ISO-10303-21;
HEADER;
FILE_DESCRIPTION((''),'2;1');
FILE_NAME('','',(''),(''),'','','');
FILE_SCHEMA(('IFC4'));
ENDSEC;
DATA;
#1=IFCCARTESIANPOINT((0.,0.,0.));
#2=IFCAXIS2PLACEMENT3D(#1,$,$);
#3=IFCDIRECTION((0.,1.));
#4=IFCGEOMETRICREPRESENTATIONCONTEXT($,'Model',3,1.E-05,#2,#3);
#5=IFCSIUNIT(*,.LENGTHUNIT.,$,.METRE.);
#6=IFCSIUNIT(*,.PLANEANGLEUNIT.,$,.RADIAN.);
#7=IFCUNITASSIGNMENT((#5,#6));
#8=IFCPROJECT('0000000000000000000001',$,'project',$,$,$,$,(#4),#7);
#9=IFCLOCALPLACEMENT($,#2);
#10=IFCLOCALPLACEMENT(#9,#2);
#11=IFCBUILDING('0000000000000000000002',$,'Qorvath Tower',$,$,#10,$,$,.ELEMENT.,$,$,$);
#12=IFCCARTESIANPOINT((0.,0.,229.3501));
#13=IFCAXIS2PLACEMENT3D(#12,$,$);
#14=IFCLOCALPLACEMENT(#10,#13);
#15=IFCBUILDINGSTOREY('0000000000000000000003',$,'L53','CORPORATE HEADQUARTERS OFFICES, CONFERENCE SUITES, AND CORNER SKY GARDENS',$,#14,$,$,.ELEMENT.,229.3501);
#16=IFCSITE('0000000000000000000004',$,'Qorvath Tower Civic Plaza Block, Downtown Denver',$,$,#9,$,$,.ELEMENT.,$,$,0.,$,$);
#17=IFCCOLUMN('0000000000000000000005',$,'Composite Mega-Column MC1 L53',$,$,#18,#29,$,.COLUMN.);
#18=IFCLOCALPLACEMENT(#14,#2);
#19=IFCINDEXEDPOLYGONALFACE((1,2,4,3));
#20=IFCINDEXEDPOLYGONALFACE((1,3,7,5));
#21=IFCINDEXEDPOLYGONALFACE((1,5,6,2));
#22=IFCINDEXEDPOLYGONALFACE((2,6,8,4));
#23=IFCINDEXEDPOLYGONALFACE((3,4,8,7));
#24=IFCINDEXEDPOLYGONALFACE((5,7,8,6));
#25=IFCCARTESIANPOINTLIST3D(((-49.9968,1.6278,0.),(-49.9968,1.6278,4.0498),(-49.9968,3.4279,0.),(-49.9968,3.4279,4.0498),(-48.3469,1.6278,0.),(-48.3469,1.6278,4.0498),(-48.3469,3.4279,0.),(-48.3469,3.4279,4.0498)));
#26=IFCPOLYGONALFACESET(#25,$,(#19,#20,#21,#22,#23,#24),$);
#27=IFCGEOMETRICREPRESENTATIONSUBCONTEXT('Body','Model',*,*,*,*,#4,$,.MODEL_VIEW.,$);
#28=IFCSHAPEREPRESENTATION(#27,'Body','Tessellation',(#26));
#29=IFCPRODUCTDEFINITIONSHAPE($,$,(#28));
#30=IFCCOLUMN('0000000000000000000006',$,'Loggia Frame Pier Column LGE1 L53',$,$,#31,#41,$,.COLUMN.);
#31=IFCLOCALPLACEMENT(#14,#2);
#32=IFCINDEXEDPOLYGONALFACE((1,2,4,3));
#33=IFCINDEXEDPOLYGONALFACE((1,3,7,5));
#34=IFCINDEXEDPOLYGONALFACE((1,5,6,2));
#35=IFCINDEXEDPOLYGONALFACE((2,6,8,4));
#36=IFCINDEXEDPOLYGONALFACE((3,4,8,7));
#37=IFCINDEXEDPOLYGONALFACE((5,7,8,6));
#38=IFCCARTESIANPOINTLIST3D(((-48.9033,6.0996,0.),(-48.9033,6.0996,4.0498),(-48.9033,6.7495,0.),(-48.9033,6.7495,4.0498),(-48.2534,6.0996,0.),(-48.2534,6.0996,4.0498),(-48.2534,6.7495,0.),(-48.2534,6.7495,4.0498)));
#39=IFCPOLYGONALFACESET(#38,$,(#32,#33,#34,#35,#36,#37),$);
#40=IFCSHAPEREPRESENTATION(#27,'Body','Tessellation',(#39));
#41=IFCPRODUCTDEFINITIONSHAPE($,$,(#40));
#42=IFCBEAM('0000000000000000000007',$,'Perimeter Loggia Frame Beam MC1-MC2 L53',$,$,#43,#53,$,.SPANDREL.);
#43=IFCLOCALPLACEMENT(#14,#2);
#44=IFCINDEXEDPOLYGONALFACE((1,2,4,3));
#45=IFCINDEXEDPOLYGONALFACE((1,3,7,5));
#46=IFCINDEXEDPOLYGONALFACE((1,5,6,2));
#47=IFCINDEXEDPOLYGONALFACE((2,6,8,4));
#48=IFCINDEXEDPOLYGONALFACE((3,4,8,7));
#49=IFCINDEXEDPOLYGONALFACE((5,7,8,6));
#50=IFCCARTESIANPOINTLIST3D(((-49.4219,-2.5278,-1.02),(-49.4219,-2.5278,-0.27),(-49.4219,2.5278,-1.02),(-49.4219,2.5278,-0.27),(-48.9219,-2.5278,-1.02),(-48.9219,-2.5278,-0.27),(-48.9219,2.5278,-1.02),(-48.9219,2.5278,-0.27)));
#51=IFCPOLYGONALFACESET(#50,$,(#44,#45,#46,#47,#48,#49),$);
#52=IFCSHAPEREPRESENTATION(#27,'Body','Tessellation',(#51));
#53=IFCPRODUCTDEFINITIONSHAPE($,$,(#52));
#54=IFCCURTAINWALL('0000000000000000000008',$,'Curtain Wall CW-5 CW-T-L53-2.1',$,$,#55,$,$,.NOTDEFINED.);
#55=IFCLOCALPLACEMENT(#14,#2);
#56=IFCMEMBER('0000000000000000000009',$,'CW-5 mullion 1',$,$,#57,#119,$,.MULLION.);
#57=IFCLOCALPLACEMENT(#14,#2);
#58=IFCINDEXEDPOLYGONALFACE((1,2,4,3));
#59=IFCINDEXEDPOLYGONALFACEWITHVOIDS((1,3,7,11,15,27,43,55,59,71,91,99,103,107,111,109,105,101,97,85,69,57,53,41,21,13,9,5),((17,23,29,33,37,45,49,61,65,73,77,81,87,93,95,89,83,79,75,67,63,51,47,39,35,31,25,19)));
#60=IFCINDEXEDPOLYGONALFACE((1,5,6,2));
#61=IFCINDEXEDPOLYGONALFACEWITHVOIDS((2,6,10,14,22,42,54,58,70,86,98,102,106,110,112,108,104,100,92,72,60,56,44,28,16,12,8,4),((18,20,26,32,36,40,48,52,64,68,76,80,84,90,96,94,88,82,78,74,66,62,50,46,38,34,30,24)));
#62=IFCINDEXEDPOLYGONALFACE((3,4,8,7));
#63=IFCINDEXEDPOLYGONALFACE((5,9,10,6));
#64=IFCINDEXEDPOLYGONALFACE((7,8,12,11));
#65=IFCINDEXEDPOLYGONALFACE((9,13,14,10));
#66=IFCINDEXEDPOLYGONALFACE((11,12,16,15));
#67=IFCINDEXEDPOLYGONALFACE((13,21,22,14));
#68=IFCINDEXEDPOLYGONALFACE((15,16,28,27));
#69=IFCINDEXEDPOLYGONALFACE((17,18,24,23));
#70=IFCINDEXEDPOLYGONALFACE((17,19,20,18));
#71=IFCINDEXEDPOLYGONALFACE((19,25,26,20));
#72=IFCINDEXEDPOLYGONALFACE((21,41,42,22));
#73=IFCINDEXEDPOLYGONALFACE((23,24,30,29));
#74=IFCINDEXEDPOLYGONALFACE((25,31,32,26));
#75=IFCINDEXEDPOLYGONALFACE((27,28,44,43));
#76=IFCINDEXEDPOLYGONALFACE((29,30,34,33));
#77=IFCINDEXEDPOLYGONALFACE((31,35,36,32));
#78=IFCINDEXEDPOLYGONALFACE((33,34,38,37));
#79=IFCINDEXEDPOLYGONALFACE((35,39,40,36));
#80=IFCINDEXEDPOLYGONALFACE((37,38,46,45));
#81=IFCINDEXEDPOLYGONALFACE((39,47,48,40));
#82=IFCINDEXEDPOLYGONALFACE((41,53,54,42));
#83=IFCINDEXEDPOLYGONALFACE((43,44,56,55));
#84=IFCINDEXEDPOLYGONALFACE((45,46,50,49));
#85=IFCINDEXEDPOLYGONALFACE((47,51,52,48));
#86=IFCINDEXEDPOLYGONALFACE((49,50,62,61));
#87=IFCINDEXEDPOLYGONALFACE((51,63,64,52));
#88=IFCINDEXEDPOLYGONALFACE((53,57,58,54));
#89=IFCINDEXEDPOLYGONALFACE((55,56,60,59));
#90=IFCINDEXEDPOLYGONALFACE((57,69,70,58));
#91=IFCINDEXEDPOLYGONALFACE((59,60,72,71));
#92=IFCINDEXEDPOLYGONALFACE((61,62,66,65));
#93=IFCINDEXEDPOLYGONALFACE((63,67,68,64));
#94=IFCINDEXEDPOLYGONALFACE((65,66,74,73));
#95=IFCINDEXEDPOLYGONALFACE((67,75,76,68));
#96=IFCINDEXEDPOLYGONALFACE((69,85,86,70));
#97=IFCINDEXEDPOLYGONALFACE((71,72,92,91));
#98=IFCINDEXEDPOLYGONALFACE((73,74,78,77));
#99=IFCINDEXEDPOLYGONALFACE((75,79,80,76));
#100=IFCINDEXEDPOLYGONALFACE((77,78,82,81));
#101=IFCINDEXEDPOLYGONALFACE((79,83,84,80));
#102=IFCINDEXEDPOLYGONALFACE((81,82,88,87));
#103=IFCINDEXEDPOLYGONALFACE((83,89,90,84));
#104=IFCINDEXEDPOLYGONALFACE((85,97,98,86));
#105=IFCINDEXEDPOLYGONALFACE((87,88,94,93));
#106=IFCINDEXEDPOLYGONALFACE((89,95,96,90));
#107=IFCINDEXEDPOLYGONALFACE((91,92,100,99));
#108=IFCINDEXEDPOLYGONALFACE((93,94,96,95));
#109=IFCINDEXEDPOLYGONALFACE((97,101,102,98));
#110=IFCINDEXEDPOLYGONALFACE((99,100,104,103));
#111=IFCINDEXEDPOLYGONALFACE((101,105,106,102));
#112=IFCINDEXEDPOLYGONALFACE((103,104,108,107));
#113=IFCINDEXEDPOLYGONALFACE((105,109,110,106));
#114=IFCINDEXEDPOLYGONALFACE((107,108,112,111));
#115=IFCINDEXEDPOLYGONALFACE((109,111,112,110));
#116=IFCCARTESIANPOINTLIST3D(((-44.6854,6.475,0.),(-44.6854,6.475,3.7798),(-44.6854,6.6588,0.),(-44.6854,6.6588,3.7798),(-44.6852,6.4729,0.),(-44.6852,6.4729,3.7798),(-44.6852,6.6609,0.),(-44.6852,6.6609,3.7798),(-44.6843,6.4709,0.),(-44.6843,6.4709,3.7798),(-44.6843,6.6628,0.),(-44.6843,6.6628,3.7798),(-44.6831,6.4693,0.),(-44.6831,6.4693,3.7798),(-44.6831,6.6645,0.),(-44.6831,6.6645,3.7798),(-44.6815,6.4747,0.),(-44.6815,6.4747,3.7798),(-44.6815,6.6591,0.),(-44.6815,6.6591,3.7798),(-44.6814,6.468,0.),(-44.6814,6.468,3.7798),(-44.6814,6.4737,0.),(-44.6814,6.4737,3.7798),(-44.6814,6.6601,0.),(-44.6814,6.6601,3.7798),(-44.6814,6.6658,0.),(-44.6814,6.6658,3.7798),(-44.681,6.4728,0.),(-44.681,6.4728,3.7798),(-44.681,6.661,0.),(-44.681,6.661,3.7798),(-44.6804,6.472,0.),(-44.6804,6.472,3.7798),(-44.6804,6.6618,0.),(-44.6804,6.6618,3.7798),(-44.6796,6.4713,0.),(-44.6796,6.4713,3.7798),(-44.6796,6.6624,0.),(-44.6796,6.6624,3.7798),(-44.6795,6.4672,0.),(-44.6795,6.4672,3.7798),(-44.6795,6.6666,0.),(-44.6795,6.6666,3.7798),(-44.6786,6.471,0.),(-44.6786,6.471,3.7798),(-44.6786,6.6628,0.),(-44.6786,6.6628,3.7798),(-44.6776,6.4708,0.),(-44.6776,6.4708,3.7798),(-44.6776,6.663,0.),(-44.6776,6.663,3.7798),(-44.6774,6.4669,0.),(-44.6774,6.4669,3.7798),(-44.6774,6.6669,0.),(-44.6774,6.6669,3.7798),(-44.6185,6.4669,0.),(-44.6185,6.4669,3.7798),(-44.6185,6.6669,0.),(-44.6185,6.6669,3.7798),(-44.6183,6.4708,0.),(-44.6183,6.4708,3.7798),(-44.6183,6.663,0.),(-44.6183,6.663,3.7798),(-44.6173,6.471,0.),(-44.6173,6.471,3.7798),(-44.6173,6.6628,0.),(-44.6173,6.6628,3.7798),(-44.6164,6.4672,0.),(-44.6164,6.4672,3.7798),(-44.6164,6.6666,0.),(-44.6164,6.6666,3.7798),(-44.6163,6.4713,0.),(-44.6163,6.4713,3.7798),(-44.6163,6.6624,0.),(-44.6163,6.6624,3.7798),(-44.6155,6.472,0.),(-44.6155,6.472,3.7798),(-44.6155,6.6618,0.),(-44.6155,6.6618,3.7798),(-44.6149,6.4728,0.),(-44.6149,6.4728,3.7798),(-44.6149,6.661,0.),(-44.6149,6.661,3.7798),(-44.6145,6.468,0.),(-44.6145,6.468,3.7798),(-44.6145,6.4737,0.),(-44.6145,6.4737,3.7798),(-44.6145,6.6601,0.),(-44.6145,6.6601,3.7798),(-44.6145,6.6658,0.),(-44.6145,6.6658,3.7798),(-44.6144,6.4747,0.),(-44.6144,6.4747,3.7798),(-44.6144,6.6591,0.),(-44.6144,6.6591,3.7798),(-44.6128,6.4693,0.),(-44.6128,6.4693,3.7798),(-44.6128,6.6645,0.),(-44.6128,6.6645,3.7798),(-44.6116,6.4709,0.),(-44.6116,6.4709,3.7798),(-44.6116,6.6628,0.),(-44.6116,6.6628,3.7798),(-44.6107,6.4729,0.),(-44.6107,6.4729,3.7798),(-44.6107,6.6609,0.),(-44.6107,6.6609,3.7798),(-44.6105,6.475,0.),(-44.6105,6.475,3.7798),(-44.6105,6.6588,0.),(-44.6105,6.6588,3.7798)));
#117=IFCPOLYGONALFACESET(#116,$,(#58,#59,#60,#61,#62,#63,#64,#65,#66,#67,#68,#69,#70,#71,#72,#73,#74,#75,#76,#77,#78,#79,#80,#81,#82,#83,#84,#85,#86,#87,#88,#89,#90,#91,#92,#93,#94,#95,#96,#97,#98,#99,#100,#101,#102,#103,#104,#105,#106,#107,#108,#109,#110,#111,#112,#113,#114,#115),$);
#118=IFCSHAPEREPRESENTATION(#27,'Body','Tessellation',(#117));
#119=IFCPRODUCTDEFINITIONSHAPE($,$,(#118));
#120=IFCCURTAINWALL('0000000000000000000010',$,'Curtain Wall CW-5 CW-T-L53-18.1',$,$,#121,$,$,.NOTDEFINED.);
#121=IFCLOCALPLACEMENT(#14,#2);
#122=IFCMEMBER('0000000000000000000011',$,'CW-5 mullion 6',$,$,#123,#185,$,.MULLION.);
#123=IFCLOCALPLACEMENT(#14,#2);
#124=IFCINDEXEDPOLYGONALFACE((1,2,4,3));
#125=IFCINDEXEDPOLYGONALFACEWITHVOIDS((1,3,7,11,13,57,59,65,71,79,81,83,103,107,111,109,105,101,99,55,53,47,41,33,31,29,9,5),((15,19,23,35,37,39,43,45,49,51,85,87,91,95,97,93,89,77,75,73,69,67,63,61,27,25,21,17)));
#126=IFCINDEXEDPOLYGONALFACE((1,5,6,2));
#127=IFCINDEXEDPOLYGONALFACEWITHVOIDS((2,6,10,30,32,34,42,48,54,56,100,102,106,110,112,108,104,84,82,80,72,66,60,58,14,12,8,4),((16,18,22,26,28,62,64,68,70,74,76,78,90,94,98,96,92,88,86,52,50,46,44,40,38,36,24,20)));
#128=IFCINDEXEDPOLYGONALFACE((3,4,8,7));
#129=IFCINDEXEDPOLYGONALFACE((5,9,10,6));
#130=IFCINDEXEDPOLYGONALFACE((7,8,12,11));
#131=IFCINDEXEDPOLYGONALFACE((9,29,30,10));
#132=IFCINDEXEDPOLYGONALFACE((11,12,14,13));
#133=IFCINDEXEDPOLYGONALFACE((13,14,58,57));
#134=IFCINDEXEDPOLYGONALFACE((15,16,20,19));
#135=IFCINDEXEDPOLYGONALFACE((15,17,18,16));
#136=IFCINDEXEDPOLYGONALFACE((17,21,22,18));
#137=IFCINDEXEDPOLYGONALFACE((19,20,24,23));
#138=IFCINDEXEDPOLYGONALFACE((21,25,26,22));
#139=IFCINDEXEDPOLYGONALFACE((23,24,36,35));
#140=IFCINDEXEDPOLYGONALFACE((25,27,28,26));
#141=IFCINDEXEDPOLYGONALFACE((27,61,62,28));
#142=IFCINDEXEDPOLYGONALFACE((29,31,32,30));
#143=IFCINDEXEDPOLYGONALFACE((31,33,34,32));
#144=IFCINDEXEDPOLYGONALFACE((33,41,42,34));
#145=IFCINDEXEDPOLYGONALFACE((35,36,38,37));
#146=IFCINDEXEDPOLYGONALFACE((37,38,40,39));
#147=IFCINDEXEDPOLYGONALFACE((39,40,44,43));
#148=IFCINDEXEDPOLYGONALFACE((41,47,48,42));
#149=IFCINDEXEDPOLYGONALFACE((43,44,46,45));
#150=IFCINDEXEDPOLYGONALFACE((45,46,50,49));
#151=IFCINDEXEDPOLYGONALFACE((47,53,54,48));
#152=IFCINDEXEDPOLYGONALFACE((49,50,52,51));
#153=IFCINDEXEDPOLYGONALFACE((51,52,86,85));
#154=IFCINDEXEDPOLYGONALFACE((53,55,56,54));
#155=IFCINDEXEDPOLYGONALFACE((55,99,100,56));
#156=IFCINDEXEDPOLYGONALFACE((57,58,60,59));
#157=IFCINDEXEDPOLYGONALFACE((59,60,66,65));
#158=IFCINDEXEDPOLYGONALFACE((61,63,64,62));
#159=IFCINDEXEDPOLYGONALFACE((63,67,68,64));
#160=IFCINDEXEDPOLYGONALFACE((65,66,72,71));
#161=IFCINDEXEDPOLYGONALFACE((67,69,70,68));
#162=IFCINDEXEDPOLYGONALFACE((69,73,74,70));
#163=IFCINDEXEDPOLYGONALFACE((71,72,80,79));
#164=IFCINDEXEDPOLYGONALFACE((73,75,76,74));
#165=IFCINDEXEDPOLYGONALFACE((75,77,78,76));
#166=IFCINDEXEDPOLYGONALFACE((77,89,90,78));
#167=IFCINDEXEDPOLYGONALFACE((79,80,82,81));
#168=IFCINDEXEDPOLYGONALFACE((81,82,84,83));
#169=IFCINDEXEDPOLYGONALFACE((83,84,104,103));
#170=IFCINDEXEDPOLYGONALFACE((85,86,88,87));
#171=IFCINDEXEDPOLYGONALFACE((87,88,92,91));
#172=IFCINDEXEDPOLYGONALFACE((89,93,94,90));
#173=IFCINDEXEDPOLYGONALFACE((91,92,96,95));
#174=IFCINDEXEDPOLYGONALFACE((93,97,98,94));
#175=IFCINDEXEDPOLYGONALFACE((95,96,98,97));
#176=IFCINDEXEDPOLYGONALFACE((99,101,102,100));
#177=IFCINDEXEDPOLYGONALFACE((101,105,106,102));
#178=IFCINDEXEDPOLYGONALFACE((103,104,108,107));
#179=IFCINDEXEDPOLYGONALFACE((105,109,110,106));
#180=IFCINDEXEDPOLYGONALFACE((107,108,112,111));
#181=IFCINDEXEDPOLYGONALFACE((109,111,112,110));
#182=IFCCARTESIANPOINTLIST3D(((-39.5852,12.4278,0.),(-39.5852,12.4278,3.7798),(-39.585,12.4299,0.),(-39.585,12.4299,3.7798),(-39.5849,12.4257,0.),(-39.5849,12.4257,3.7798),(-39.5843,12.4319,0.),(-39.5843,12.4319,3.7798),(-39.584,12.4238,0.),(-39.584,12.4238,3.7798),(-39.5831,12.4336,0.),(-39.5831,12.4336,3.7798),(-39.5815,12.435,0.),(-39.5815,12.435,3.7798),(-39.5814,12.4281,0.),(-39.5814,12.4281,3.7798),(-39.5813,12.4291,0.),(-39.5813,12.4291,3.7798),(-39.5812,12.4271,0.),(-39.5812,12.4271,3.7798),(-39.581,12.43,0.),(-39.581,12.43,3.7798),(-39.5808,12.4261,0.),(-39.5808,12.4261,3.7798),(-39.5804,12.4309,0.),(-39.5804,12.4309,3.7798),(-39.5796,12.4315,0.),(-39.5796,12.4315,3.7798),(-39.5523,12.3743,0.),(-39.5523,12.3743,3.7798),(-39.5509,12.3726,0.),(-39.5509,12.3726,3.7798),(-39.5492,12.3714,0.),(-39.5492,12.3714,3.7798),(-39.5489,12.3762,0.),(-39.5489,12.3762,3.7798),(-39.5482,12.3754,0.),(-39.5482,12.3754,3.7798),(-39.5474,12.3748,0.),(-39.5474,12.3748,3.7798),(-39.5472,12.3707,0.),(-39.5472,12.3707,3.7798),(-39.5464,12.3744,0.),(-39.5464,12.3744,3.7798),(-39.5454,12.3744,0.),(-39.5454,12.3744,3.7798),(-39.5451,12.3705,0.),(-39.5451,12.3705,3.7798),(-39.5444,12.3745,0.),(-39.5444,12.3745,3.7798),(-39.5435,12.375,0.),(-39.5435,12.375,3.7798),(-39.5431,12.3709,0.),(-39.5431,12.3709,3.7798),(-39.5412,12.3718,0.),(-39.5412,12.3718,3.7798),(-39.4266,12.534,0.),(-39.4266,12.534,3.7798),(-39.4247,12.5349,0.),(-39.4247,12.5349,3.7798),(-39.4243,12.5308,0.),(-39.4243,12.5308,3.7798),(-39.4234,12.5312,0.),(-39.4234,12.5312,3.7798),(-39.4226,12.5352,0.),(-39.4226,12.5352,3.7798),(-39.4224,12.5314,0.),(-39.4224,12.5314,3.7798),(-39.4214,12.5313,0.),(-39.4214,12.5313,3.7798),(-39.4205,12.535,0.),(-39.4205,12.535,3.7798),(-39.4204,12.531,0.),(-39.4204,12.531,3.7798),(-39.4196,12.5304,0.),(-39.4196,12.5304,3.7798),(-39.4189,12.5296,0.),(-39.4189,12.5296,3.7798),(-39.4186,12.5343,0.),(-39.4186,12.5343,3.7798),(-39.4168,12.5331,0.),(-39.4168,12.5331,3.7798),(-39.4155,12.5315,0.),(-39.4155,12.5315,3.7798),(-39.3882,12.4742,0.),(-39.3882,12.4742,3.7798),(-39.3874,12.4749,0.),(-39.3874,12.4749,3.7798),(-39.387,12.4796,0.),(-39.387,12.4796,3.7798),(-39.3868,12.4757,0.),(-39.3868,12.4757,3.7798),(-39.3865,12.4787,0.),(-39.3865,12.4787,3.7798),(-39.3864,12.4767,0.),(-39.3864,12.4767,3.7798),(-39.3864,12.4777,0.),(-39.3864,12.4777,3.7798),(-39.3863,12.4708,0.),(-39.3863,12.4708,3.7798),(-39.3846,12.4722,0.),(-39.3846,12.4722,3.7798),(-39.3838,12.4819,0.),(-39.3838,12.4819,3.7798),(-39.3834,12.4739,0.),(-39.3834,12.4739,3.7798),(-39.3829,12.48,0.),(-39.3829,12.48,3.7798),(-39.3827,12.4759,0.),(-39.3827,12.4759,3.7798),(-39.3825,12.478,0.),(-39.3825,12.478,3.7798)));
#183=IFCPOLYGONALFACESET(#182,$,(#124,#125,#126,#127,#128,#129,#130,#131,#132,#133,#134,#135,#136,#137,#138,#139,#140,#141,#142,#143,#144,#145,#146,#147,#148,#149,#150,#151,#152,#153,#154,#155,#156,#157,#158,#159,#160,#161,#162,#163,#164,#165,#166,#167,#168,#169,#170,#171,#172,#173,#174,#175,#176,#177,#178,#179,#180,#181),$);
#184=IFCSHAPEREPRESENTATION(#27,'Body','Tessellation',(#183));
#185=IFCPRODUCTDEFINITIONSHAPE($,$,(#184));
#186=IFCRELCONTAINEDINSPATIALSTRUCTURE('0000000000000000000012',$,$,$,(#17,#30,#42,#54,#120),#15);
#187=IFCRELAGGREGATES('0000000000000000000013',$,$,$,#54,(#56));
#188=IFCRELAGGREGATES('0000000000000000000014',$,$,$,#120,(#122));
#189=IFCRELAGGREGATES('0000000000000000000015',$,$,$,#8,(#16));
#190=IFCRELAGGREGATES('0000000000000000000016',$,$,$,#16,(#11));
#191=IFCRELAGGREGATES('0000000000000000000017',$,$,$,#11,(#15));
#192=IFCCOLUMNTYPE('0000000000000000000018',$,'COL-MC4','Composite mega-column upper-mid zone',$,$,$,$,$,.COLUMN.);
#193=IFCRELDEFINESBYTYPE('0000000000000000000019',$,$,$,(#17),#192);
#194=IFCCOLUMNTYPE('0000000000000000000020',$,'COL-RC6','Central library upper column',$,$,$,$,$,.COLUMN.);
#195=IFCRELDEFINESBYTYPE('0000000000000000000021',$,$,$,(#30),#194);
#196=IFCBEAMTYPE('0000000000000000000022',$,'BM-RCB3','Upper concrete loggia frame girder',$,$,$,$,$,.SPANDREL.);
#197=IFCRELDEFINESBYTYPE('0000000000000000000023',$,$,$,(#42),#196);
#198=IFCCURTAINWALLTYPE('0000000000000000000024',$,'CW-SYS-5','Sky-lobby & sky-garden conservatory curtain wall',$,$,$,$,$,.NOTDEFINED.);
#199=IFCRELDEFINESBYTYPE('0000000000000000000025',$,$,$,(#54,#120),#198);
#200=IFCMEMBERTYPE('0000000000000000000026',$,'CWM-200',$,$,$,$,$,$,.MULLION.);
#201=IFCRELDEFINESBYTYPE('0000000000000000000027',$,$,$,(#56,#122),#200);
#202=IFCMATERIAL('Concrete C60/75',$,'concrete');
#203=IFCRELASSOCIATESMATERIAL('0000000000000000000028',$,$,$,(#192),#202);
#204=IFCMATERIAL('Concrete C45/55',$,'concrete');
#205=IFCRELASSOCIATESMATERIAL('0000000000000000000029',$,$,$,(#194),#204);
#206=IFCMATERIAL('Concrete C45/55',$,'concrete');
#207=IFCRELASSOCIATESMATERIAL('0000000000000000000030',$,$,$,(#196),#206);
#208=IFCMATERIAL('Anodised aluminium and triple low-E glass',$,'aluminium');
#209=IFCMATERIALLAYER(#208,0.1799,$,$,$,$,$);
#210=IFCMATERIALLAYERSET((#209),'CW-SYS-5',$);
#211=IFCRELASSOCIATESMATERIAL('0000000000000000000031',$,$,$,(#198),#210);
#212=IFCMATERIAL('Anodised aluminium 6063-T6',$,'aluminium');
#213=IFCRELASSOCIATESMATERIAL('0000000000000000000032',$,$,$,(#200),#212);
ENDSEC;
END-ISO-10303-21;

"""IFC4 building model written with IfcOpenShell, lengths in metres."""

from ifc_helpers import new_model, si_unit, direction, frame, origin, origin_2d, place, context, subcontext, project, spatial, rectangle, hollow_rectangle, extrude, material, layer, layer_set, material_profile, profile_set, type_object, element, aggregate, save


model = new_model("IFC4")

# Units and contexts
model_context = context("Model", 3, precision=1e-05, world=origin(), true_north=direction((0.0, 1.0)))
body_context = subcontext(model_context, "Body", "Model", "MODEL_VIEW")
ifc_project = project(units=[si_unit("LENGTHUNIT", "METRE"), si_unit("PLANEANGLEUNIT", "RADIAN")], contexts=[model_context])

# Site, building, storey
site_placement = place(None, origin())
site = spatial("IfcSite", under=ifc_project, at=site_placement, Name="Qorvath Tower Civic Plaza Block, Downtown Denver", CompositionType="ELEMENT", RefElevation=0.0)
building_placement = place(site_placement, origin())
building = spatial("IfcBuilding", under=site, at=building_placement, Name="Qorvath Tower", CompositionType="ELEMENT")
storey_placement = place(building_placement, frame((0.0, 0.0, 229.3501)))
storey = spatial("IfcBuildingStorey", under=building, at=storey_placement, Name="L53", Description="CORPORATE HEADQUARTERS OFFICES, CONFERENCE SUITES, AND CORNER SKY GARDENS", CompositionType="ELEMENT", Elevation=229.3501)

# Columns
ifc_material_1 = material(Name="Concrete C60/75", Category="concrete")
ifc_material_profile_1 = material_profile(ifc_material_1, rectangle(XDim=1.6499, YDim=1.8, at=origin_2d()), Name="MC 1800x1650")
ifc_profile_set_1 = profile_set([ifc_material_profile_1], Name="Concrete C60/75")
column_type_1 = type_object("IfcColumnType", Name="COL-MC4", Description="Composite mega-column upper-mid zone", PredefinedType="COLUMN", material=ifc_profile_set_1)
column_1_placement = place(storey_placement, frame((-49.1719, 2.5278, 0.0), z_axis=(0.0, 0.0, 1.0), x_axis=(1.0, 0.0, 0.0)))
element("IfcColumn", 1, at=column_1_placement, inside=storey, type_object=column_type_1, Name="Composite Mega-Column MC1 L53", PredefinedType="COLUMN", context=body_context, shape_type="SweptSolid", body=[
    extrude(rectangle(XDim=1.6499, YDim=1.8, at=origin_2d()), origin(), (0.0, 0.0, 1.0), 4.0498),
])
ifc_material_2 = material(Name="Concrete C45/55", Category="concrete")
ifc_material_profile_2 = material_profile(ifc_material_2, rectangle(XDim=0.6499, YDim=0.6499, at=origin_2d()), Name="RC 650x650")
ifc_profile_set_2 = profile_set([ifc_material_profile_2], Name="Concrete C45/55")
column_type_2 = type_object("IfcColumnType", Name="COL-RC6", Description="Central library upper column", PredefinedType="COLUMN", material=ifc_profile_set_2)
column_2_placement = place(storey_placement, frame((-48.5784, 6.4246, 0.0), z_axis=(0.0, 0.0, 1.0), x_axis=(1.0, 0.0, 0.0)))
element("IfcColumn", 2, at=column_2_placement, inside=storey, type_object=column_type_2, Name="Loggia Frame Pier Column LGE1 L53", PredefinedType="COLUMN", context=body_context, shape_type="SweptSolid", body=[
    extrude(rectangle(XDim=0.6499, YDim=0.6499, at=origin_2d()), origin(), (0.0, 0.0, 1.0), 4.0498),
])

# Beam
ifc_material_3 = material(Name="Concrete C45/55", Category="concrete")
ifc_material_profile_3 = material_profile(ifc_material_3, rectangle(XDim=0.5, YDim=0.75, at=origin_2d()), Name="RCB 750x500")
ifc_profile_set_3 = profile_set([ifc_material_profile_3], Name="Concrete C45/55")
beam_type = type_object("IfcBeamType", Name="BM-RCB3", Description="Upper concrete loggia frame girder", PredefinedType="SPANDREL", material=ifc_profile_set_3)
beam_placement = place(storey_placement, frame((-49.1719, 2.5278, -0.645), z_axis=(0.0, -1.0, 0.0), x_axis=(1.0, 0.0, 0.0)))
element("IfcBeam", 3, at=beam_placement, inside=storey, type_object=beam_type, Name="Perimeter Loggia Frame Beam MC1-MC2 L53", PredefinedType="SPANDREL", context=body_context, shape_type="SweptSolid", body=[
    extrude(rectangle(XDim=0.5, YDim=0.75, at=origin_2d()), origin(), (0.0, 0.0, 1.0), 5.0557),
])

# Curtain wall, member
ifc_material_4 = material(Name="Anodised aluminium and triple low-E glass", Category="aluminium")
ifc_layer_1 = layer(ifc_material_4, 0.1799)
ifc_layer_set_1 = layer_set([ifc_layer_1], Name="CW-SYS-5")
curtain_wall_type = type_object("IfcCurtainWallType", Name="CW-SYS-5", Description="Sky-lobby & sky-garden conservatory curtain wall", PredefinedType="NOTDEFINED", material=ifc_layer_set_1)
curtain_wall_1_placement = place(storey_placement, origin())
curtain_wall_1 = element("IfcCurtainWall", 4, at=curtain_wall_1_placement, inside=storey, type_object=curtain_wall_type, Name="Curtain Wall CW-5 CW-T-L53-2.1", PredefinedType="NOTDEFINED")
ifc_material_5 = material(Name="Anodised aluminium 6063-T6", Category="aluminium")
ifc_material_profile_4 = material_profile(ifc_material_5, hollow_rectangle(XDim=0.075, YDim=0.2, WallThickness=0.0039, InnerFilletRadius=0.0039, OuterFilletRadius=0.0081, at=origin_2d()), Name="CWM 200x75")
ifc_profile_set_4 = profile_set([ifc_material_profile_4], Name="Anodised aluminium 6063-T6")
member_type_1 = type_object("IfcMemberType", Name="CWM-200", PredefinedType="MULLION", material=ifc_profile_set_4)
member_1_placement = place(storey_placement, frame((-44.6479, 6.5669, 0.0), z_axis=(0.0, 0.0, 1.0), x_axis=(1.0, 0.0, 0.0)))
member_1 = element("IfcMember", 5, at=member_1_placement, type_object=member_type_1, Name="CW-5 mullion 1", PredefinedType="MULLION", context=body_context, shape_type="SweptSolid", body=[
    extrude(hollow_rectangle(XDim=0.075, YDim=0.2, WallThickness=0.0039, InnerFilletRadius=0.0039, OuterFilletRadius=0.0081, at=origin_2d()), origin(), (0.0, 0.0, 1.0), 3.7798),
])

# Curtain wall, member
curtain_wall_2_placement = place(storey_placement, origin())
curtain_wall_2 = element("IfcCurtainWall", 6, at=curtain_wall_2_placement, inside=storey, type_object=curtain_wall_type, Name="Curtain Wall CW-5 CW-T-L53-18.1", PredefinedType="NOTDEFINED")
member_2_placement = place(storey_placement, frame((-39.4839, 12.4529, 0.0), z_axis=(0.0, 0.0, 1.0), x_axis=(0.538531, -0.842606, 0.0)))
member_2 = element("IfcMember", 7, at=member_2_placement, type_object=member_type_1, Name="CW-5 mullion 6", PredefinedType="MULLION", context=body_context, shape_type="SweptSolid", body=[
    extrude(hollow_rectangle(XDim=0.075, YDim=0.2, WallThickness=0.0039, InnerFilletRadius=0.0039, OuterFilletRadius=0.0081, at=origin_2d()), origin(), (0.0, 0.0, 1.0), 3.7798),
])

aggregate(curtain_wall_1, [member_1])
aggregate(curtain_wall_2, [member_2])

save(model, "model.ifc")
